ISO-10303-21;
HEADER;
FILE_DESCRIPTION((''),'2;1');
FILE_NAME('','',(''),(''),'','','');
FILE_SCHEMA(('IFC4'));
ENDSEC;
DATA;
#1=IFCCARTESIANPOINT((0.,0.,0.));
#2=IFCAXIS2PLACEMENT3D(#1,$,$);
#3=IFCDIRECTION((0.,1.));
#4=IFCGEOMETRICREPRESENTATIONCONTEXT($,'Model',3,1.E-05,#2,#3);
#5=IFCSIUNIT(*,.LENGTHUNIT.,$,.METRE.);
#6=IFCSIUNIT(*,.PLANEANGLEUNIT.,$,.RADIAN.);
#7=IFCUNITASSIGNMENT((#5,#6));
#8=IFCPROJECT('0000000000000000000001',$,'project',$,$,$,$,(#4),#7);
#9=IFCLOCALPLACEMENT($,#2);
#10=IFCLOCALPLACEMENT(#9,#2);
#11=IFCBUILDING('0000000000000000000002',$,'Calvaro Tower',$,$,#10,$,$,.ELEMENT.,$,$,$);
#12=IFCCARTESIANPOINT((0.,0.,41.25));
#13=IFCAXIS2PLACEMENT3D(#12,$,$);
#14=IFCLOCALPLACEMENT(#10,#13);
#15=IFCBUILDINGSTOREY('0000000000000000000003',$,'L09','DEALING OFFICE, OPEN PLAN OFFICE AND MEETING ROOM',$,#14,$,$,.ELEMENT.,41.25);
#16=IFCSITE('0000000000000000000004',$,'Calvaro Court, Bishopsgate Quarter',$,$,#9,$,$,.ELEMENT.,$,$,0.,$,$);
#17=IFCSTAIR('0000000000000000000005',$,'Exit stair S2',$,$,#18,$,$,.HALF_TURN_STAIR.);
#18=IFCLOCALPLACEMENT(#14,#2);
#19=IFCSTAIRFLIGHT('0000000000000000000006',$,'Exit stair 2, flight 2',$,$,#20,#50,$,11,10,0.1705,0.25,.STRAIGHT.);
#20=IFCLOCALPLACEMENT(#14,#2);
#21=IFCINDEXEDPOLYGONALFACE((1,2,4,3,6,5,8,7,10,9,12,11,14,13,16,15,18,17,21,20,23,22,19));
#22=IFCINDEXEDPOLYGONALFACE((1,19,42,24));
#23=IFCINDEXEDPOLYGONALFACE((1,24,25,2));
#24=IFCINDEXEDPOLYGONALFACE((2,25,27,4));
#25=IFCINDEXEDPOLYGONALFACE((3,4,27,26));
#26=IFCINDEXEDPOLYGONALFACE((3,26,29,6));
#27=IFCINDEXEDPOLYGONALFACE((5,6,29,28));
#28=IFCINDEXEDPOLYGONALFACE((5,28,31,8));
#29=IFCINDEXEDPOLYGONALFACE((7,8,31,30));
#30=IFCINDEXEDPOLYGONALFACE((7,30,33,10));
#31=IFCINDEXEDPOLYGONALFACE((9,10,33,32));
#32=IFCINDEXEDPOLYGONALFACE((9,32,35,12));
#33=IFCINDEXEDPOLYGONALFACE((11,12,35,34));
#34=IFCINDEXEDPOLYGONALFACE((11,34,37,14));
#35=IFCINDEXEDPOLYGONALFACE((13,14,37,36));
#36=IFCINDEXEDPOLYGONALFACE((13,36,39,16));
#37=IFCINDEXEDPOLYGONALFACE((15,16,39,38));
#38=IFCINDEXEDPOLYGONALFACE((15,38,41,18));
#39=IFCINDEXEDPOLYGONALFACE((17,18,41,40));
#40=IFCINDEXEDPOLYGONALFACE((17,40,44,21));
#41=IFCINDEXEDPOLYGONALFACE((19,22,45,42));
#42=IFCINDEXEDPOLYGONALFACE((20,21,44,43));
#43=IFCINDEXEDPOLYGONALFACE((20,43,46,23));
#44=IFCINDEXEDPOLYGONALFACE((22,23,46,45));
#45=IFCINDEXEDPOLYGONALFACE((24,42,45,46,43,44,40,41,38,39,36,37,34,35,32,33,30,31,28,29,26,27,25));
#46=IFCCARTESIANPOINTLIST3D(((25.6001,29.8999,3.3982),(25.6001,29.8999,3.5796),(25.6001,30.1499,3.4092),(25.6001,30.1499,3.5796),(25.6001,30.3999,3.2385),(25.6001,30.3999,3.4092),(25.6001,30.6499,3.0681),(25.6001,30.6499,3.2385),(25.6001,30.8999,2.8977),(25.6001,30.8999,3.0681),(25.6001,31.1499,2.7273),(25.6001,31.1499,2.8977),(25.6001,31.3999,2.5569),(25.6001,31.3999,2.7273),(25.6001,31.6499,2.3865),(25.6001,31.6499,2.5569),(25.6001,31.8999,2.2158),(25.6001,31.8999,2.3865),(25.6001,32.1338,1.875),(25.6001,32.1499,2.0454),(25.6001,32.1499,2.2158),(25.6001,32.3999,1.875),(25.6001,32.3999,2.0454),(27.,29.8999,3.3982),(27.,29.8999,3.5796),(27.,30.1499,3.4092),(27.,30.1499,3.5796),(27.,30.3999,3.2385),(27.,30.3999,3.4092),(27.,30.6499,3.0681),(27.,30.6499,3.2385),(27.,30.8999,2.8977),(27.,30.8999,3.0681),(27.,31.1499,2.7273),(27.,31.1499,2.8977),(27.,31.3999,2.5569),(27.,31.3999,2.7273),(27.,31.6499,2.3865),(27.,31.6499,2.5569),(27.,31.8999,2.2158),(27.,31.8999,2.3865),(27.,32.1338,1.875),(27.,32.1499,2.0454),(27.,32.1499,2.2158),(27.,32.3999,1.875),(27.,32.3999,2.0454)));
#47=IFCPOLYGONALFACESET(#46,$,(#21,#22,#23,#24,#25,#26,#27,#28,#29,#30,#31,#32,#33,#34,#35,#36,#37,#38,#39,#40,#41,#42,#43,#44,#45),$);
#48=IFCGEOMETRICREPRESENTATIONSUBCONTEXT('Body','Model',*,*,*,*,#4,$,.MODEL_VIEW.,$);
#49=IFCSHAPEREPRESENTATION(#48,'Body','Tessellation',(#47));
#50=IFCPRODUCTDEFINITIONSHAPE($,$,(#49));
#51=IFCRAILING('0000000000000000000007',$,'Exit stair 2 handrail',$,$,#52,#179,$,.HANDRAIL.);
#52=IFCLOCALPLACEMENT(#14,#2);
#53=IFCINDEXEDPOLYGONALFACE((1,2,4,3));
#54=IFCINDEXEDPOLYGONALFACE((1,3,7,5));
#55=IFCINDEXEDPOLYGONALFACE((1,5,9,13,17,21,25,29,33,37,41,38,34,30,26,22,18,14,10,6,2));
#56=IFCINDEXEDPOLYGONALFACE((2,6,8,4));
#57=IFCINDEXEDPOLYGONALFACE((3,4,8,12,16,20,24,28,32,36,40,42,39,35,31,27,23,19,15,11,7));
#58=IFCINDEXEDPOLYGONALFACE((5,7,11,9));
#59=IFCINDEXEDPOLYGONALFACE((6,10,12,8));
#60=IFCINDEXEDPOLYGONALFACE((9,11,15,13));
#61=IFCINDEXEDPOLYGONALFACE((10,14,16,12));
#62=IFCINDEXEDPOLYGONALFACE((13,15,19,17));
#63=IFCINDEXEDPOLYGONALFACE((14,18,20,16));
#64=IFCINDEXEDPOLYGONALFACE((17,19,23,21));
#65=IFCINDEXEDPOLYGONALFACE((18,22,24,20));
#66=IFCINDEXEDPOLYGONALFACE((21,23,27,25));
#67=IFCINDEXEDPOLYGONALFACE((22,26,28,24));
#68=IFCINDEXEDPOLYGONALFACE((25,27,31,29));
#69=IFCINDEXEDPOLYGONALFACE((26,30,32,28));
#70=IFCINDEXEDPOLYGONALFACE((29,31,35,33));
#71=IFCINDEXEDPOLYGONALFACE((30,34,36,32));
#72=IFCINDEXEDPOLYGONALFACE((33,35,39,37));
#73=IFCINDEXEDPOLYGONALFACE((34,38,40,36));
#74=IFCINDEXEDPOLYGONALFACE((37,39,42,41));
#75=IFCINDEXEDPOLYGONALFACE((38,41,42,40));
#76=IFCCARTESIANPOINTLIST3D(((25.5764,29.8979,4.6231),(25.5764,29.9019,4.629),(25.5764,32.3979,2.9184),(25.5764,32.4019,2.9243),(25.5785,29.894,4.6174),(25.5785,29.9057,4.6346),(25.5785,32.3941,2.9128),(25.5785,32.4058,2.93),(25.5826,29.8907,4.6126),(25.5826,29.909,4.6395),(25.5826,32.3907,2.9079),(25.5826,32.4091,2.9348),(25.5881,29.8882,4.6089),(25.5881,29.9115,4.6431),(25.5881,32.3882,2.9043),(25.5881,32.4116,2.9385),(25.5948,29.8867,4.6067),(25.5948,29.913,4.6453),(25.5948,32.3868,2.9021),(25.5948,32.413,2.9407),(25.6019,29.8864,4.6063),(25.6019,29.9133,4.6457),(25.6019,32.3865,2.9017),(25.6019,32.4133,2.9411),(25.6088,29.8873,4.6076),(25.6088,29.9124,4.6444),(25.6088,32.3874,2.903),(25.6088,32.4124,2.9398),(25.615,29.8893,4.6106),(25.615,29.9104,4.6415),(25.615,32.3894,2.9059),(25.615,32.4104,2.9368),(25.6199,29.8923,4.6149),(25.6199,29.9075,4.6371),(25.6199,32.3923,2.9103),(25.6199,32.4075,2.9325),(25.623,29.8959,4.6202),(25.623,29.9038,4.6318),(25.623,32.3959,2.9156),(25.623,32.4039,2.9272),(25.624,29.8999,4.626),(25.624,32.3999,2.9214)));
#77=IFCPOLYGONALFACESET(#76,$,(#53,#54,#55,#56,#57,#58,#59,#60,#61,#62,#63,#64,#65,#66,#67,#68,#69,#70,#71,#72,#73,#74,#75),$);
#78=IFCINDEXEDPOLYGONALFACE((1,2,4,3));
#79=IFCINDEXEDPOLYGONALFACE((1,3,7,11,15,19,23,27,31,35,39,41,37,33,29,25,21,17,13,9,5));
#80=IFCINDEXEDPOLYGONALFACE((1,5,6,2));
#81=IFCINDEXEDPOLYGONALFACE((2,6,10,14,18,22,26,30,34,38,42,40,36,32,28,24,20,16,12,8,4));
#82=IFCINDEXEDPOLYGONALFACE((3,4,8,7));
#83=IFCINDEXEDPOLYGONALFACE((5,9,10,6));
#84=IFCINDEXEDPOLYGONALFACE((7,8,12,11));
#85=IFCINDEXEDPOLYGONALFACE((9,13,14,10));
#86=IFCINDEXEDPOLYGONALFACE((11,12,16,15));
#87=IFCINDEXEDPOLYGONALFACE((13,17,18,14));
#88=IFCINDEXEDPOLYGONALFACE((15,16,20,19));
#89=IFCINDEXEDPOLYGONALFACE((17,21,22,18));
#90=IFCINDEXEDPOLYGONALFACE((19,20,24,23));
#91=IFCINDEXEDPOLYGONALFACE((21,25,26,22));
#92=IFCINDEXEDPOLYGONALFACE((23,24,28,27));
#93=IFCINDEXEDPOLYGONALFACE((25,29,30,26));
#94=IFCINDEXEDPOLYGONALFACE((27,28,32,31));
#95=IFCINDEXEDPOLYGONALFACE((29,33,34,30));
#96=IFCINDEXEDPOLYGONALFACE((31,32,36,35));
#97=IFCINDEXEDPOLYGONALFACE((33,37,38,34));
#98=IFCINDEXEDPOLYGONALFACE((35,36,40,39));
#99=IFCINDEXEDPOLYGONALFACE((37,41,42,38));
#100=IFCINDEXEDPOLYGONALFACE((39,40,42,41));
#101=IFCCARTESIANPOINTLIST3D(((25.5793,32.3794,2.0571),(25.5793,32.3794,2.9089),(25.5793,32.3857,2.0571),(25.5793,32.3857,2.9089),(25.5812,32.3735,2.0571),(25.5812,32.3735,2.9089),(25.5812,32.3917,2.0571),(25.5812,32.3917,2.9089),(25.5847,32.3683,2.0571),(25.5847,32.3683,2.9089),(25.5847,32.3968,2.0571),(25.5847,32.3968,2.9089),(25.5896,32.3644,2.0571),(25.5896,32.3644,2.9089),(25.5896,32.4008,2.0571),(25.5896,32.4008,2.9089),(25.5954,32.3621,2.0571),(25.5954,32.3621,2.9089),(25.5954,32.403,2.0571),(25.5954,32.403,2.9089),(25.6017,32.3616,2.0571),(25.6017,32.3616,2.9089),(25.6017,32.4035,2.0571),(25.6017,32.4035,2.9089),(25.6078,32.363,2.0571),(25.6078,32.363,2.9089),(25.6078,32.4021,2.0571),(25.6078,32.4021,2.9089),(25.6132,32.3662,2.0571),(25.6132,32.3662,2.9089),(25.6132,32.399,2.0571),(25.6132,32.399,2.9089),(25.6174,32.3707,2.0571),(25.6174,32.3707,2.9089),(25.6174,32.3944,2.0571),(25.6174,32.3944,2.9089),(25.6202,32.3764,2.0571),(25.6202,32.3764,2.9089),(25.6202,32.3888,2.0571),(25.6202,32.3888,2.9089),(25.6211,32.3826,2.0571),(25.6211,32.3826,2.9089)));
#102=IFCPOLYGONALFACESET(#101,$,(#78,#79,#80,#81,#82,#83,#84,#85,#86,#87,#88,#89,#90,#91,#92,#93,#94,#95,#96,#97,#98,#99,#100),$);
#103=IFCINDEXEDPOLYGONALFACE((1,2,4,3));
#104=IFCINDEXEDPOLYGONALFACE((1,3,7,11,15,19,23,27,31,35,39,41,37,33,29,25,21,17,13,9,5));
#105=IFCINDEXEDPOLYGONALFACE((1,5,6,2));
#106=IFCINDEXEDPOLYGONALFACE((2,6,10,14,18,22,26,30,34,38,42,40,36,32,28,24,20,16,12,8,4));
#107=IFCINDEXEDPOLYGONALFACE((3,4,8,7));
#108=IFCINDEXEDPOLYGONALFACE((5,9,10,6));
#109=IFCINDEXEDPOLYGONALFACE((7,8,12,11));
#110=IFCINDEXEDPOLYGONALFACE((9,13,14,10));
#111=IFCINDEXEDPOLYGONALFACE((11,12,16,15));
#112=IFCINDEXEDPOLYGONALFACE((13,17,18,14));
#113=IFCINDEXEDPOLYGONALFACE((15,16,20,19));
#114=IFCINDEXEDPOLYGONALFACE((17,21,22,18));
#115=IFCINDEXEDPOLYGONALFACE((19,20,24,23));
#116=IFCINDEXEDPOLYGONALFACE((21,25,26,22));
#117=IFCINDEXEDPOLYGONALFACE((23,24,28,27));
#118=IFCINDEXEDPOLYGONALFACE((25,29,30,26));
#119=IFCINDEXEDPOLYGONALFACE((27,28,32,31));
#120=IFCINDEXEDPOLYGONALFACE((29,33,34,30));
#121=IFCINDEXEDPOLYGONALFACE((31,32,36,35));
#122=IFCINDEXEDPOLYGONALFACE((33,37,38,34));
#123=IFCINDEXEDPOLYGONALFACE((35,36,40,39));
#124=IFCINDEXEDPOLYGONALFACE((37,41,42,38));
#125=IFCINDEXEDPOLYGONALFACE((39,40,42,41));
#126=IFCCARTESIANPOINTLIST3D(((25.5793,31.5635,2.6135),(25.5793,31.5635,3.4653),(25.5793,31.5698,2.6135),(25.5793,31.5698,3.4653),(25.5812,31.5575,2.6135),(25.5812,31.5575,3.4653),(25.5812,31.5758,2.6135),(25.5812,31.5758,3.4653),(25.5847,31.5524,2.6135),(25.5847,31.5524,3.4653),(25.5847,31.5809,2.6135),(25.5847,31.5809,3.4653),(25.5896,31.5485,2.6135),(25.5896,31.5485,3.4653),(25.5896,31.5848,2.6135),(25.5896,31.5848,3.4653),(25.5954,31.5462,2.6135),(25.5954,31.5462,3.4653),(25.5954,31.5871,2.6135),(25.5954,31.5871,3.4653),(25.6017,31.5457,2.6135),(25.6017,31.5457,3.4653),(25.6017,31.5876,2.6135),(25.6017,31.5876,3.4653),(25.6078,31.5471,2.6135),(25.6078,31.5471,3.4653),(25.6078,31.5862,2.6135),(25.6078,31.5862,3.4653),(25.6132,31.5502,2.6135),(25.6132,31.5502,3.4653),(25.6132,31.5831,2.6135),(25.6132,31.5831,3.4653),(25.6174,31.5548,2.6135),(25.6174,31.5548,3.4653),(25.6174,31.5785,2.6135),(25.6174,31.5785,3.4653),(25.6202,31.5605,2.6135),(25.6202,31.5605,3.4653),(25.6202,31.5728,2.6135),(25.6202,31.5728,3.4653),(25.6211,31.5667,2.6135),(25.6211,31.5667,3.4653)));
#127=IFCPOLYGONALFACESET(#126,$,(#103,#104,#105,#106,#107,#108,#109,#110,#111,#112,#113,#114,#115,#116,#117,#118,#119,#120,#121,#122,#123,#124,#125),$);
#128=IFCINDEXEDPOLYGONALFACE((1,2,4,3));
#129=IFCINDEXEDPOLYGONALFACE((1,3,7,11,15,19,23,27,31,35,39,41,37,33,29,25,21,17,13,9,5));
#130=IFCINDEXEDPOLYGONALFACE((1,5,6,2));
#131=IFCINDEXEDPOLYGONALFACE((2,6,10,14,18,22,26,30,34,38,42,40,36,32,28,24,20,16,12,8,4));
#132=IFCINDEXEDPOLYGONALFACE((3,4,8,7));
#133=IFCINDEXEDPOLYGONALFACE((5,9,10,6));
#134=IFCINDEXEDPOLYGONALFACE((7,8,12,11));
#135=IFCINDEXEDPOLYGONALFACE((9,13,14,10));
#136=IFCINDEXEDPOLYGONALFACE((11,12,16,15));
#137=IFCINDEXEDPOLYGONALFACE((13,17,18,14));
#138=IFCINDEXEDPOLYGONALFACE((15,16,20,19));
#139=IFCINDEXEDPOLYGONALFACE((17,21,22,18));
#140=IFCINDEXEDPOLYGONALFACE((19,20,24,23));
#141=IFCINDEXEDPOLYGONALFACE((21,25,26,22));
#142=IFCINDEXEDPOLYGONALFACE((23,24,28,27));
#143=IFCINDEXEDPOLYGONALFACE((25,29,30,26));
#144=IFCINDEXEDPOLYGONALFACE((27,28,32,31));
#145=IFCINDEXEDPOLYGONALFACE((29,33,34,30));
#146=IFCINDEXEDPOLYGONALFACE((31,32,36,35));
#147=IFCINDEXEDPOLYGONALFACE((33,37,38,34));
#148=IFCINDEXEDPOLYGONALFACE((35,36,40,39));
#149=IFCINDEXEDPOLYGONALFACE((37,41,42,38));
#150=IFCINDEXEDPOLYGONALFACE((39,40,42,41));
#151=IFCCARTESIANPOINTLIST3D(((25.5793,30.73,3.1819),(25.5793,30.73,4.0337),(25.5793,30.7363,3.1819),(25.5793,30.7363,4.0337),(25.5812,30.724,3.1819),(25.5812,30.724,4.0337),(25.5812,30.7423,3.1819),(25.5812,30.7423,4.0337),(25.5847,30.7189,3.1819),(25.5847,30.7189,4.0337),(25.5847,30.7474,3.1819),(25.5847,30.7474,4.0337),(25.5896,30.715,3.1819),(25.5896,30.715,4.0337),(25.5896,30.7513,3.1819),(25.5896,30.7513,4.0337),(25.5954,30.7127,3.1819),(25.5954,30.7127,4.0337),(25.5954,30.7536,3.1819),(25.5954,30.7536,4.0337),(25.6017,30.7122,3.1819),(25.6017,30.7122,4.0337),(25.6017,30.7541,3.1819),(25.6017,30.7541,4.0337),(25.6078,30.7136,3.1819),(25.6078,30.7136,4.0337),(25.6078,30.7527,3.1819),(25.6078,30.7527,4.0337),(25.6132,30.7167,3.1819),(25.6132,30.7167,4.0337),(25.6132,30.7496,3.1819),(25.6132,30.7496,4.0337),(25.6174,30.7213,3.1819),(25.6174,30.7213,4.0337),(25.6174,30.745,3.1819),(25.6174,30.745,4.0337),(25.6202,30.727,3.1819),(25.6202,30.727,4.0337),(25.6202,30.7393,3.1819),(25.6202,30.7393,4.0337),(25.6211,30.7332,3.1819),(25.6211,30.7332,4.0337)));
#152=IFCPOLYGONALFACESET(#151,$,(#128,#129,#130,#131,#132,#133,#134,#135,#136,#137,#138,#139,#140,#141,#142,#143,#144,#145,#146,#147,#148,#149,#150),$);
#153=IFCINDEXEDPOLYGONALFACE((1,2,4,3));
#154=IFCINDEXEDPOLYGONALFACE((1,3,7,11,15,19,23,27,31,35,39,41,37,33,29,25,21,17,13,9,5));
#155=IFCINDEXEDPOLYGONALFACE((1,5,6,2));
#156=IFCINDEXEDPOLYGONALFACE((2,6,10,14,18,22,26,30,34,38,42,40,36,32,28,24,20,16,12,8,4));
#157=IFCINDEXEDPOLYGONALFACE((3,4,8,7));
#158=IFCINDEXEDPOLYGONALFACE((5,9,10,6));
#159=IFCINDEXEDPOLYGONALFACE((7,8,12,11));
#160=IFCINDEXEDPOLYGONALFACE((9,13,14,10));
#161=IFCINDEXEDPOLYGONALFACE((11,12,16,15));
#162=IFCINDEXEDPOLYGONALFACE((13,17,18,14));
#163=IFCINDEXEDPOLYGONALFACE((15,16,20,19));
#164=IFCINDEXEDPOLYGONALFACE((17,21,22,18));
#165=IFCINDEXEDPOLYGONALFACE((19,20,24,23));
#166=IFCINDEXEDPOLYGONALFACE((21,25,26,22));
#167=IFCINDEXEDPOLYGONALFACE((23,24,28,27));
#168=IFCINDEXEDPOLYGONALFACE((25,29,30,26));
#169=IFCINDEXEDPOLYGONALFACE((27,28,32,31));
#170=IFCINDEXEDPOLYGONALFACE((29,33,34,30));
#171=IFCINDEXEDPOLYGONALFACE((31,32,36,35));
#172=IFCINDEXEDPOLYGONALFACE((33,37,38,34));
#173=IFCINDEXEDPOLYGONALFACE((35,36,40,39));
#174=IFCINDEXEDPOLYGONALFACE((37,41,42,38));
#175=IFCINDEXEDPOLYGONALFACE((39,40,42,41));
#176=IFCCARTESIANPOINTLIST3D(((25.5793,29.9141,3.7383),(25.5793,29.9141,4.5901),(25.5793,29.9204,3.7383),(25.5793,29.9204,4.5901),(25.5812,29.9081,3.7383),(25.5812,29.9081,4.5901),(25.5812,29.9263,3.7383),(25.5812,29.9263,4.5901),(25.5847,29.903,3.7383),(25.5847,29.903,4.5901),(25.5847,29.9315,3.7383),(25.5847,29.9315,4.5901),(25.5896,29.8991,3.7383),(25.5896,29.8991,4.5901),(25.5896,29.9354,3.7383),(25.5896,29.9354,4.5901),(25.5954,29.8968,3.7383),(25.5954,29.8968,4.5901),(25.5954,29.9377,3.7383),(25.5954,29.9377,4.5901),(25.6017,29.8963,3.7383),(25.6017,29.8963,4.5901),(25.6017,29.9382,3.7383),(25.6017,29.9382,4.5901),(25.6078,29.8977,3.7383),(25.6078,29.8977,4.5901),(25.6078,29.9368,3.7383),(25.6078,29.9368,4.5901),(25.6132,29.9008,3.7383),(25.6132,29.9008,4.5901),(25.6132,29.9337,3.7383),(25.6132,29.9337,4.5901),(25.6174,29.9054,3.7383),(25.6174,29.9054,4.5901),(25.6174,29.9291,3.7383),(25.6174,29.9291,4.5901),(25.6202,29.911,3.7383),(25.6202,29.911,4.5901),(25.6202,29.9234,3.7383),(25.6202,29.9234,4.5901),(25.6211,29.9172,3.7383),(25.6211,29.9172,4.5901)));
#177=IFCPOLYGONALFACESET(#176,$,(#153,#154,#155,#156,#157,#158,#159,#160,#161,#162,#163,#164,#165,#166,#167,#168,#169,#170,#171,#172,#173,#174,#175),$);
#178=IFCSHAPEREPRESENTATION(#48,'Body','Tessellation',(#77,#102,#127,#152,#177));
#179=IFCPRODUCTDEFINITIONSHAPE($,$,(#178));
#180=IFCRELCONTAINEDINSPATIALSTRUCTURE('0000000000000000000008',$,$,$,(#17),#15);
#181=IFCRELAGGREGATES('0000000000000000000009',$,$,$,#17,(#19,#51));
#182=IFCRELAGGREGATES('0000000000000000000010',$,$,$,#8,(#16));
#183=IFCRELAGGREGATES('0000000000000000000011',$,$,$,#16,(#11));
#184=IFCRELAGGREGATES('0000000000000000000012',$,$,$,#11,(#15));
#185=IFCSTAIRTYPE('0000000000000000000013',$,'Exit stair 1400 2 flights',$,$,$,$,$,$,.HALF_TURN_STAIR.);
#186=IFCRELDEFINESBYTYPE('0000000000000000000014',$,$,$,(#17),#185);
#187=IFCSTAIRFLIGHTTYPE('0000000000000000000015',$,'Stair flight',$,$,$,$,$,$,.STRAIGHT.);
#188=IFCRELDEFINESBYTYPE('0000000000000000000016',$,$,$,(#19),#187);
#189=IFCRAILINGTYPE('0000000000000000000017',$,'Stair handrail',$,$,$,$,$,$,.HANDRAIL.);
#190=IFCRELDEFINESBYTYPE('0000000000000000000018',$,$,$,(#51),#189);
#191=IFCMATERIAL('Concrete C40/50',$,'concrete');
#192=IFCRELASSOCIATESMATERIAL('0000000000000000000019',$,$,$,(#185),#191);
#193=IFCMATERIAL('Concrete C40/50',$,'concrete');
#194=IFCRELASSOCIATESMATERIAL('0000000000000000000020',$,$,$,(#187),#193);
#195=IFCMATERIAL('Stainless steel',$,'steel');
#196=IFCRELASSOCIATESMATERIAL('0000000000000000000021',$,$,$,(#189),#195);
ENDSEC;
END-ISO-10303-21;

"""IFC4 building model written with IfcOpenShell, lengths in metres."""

from ifc_helpers import new_model, si_unit, direction, frame, origin, origin_2d, place, context, subcontext, project, spatial, polyline, circle, outline, extrude, material, type_object, element, aggregate, save


model = new_model("IFC4")

# Units and contexts
model_context = context("Model", 3, precision=1e-05, world=origin(), true_north=direction((0.0, 1.0)))
body_context = subcontext(model_context, "Body", "Model", "MODEL_VIEW")
ifc_project = project(units=[si_unit("LENGTHUNIT", "METRE"), si_unit("PLANEANGLEUNIT", "RADIAN")], contexts=[model_context])

# Site, building, storey
site_placement = place(None, origin())
site = spatial("IfcSite", under=ifc_project, at=site_placement, Name="Calvaro Court, Bishopsgate Quarter", CompositionType="ELEMENT", RefElevation=0.0)
building_placement = place(site_placement, origin())
building = spatial("IfcBuilding", under=site, at=building_placement, Name="Calvaro Tower", CompositionType="ELEMENT")
storey_placement = place(building_placement, frame((0.0, 0.0, 41.25)))
storey = spatial("IfcBuildingStorey", under=building, at=storey_placement, Name="L09", Description="DEALING OFFICE, OPEN PLAN OFFICE AND MEETING ROOM", CompositionType="ELEMENT", Elevation=41.25)

# Stair, stair flight, railing
ifc_material_1 = material(Name="Concrete C40/50", Category="concrete")
stair_type = type_object("IfcStairType", Name="Exit stair 1400 2 flights", PredefinedType="HALF_TURN_STAIR", material=ifc_material_1)
stair_placement = place(storey_placement, origin())
stair = element("IfcStair", 1, at=stair_placement, inside=storey, type_object=stair_type, Name="Exit stair S2", PredefinedType="HALF_TURN_STAIR")
ifc_material_2 = material(Name="Concrete C40/50", Category="concrete")
stair_flight_type = type_object("IfcStairFlightType", Name="Stair flight", PredefinedType="STRAIGHT", material=ifc_material_2)
stair_flight_1_placement = place(storey_placement, frame((26.3, 32.3999, 1.875), z_axis=(0.0, 0.0, 1.0), x_axis=(0.0, -1.0, 0.0)))
stair_flight_1 = element("IfcStairFlight", 2, at=stair_flight_1_placement, type_object=stair_flight_type, Name="Exit stair 2, flight 2", NumberOfRisers=11, NumberOfTreads=10, PredefinedType="STRAIGHT", RiserHeight=0.1705, TreadLength=0.25, context=body_context, shape_type="SweptSolid", body=[
    extrude(outline(polyline([(0.0, 0.0), (0.0, 0.1704), (0.25, 0.1704), (0.25, 0.3408), (0.5, 0.3408), (0.5, 0.5115), (0.75, 0.5115), (0.75, 0.6819), (1.0, 0.6819), (1.0, 0.8523), (1.25, 0.8523), (1.25, 1.0227), (1.5, 1.0227), (1.5, 1.1931), (1.75, 1.1931), (1.75, 1.3635), (2.0, 1.3635), (2.0, 1.5342), (2.25, 1.5342), (2.25, 1.7046), (2.5, 1.7046), (2.5, 1.875), (2.5, 1.5232), (0.2661, 0.0), (0.0, 0.0)])), frame((0.0, 0.7, 0.0), z_axis=(0.0, -1.0, 0.0), x_axis=(1.0, 0.0, 0.0)), (0.0, 0.0, 1.0), 1.3999),
])
ifc_material_3 = material(Name="Stainless steel", Category="steel")
railing_type = type_object("IfcRailingType", Name="Stair handrail", PredefinedType="HANDRAIL", material=ifc_material_3)
railing_1_placement = place(storey_placement, frame((25.6001, 32.3999, 2.0454)))
railing_1 = element("IfcRailing", 3, at=railing_1_placement, type_object=railing_type, Name="Exit stair 2 handrail", PredefinedType="HANDRAIL", context=body_context, shape_type="SweptSolid", body=[
    extrude(circle(Radius=0.0239, at=origin_2d()), frame((0.0, 0.0, 0.876), z_axis=(0.0, -0.826221, 0.563347), x_axis=(1.0, 0.0, 0.0)), (0.0, 0.0, 1.0), 3.0259),
    extrude(circle(Radius=0.021, at=origin_2d()), frame((0.0, -0.0173, 0.0117)), (0.0, 0.0, 1.0), 0.8518),
    extrude(circle(Radius=0.021, at=origin_2d()), frame((0.0, -0.8333, 0.5681)), (0.0, 0.0, 1.0), 0.8518),
    extrude(circle(Radius=0.021, at=origin_2d()), frame((0.0, -1.6667, 1.1365)), (0.0, 0.0, 1.0), 0.8518),
    extrude(circle(Radius=0.021, at=origin_2d()), frame((0.0, -2.4827, 1.6929)), (0.0, 0.0, 1.0), 0.8518),
])
aggregate(stair, [stair_flight_1, railing_1])

save(model, "model.ifc")
